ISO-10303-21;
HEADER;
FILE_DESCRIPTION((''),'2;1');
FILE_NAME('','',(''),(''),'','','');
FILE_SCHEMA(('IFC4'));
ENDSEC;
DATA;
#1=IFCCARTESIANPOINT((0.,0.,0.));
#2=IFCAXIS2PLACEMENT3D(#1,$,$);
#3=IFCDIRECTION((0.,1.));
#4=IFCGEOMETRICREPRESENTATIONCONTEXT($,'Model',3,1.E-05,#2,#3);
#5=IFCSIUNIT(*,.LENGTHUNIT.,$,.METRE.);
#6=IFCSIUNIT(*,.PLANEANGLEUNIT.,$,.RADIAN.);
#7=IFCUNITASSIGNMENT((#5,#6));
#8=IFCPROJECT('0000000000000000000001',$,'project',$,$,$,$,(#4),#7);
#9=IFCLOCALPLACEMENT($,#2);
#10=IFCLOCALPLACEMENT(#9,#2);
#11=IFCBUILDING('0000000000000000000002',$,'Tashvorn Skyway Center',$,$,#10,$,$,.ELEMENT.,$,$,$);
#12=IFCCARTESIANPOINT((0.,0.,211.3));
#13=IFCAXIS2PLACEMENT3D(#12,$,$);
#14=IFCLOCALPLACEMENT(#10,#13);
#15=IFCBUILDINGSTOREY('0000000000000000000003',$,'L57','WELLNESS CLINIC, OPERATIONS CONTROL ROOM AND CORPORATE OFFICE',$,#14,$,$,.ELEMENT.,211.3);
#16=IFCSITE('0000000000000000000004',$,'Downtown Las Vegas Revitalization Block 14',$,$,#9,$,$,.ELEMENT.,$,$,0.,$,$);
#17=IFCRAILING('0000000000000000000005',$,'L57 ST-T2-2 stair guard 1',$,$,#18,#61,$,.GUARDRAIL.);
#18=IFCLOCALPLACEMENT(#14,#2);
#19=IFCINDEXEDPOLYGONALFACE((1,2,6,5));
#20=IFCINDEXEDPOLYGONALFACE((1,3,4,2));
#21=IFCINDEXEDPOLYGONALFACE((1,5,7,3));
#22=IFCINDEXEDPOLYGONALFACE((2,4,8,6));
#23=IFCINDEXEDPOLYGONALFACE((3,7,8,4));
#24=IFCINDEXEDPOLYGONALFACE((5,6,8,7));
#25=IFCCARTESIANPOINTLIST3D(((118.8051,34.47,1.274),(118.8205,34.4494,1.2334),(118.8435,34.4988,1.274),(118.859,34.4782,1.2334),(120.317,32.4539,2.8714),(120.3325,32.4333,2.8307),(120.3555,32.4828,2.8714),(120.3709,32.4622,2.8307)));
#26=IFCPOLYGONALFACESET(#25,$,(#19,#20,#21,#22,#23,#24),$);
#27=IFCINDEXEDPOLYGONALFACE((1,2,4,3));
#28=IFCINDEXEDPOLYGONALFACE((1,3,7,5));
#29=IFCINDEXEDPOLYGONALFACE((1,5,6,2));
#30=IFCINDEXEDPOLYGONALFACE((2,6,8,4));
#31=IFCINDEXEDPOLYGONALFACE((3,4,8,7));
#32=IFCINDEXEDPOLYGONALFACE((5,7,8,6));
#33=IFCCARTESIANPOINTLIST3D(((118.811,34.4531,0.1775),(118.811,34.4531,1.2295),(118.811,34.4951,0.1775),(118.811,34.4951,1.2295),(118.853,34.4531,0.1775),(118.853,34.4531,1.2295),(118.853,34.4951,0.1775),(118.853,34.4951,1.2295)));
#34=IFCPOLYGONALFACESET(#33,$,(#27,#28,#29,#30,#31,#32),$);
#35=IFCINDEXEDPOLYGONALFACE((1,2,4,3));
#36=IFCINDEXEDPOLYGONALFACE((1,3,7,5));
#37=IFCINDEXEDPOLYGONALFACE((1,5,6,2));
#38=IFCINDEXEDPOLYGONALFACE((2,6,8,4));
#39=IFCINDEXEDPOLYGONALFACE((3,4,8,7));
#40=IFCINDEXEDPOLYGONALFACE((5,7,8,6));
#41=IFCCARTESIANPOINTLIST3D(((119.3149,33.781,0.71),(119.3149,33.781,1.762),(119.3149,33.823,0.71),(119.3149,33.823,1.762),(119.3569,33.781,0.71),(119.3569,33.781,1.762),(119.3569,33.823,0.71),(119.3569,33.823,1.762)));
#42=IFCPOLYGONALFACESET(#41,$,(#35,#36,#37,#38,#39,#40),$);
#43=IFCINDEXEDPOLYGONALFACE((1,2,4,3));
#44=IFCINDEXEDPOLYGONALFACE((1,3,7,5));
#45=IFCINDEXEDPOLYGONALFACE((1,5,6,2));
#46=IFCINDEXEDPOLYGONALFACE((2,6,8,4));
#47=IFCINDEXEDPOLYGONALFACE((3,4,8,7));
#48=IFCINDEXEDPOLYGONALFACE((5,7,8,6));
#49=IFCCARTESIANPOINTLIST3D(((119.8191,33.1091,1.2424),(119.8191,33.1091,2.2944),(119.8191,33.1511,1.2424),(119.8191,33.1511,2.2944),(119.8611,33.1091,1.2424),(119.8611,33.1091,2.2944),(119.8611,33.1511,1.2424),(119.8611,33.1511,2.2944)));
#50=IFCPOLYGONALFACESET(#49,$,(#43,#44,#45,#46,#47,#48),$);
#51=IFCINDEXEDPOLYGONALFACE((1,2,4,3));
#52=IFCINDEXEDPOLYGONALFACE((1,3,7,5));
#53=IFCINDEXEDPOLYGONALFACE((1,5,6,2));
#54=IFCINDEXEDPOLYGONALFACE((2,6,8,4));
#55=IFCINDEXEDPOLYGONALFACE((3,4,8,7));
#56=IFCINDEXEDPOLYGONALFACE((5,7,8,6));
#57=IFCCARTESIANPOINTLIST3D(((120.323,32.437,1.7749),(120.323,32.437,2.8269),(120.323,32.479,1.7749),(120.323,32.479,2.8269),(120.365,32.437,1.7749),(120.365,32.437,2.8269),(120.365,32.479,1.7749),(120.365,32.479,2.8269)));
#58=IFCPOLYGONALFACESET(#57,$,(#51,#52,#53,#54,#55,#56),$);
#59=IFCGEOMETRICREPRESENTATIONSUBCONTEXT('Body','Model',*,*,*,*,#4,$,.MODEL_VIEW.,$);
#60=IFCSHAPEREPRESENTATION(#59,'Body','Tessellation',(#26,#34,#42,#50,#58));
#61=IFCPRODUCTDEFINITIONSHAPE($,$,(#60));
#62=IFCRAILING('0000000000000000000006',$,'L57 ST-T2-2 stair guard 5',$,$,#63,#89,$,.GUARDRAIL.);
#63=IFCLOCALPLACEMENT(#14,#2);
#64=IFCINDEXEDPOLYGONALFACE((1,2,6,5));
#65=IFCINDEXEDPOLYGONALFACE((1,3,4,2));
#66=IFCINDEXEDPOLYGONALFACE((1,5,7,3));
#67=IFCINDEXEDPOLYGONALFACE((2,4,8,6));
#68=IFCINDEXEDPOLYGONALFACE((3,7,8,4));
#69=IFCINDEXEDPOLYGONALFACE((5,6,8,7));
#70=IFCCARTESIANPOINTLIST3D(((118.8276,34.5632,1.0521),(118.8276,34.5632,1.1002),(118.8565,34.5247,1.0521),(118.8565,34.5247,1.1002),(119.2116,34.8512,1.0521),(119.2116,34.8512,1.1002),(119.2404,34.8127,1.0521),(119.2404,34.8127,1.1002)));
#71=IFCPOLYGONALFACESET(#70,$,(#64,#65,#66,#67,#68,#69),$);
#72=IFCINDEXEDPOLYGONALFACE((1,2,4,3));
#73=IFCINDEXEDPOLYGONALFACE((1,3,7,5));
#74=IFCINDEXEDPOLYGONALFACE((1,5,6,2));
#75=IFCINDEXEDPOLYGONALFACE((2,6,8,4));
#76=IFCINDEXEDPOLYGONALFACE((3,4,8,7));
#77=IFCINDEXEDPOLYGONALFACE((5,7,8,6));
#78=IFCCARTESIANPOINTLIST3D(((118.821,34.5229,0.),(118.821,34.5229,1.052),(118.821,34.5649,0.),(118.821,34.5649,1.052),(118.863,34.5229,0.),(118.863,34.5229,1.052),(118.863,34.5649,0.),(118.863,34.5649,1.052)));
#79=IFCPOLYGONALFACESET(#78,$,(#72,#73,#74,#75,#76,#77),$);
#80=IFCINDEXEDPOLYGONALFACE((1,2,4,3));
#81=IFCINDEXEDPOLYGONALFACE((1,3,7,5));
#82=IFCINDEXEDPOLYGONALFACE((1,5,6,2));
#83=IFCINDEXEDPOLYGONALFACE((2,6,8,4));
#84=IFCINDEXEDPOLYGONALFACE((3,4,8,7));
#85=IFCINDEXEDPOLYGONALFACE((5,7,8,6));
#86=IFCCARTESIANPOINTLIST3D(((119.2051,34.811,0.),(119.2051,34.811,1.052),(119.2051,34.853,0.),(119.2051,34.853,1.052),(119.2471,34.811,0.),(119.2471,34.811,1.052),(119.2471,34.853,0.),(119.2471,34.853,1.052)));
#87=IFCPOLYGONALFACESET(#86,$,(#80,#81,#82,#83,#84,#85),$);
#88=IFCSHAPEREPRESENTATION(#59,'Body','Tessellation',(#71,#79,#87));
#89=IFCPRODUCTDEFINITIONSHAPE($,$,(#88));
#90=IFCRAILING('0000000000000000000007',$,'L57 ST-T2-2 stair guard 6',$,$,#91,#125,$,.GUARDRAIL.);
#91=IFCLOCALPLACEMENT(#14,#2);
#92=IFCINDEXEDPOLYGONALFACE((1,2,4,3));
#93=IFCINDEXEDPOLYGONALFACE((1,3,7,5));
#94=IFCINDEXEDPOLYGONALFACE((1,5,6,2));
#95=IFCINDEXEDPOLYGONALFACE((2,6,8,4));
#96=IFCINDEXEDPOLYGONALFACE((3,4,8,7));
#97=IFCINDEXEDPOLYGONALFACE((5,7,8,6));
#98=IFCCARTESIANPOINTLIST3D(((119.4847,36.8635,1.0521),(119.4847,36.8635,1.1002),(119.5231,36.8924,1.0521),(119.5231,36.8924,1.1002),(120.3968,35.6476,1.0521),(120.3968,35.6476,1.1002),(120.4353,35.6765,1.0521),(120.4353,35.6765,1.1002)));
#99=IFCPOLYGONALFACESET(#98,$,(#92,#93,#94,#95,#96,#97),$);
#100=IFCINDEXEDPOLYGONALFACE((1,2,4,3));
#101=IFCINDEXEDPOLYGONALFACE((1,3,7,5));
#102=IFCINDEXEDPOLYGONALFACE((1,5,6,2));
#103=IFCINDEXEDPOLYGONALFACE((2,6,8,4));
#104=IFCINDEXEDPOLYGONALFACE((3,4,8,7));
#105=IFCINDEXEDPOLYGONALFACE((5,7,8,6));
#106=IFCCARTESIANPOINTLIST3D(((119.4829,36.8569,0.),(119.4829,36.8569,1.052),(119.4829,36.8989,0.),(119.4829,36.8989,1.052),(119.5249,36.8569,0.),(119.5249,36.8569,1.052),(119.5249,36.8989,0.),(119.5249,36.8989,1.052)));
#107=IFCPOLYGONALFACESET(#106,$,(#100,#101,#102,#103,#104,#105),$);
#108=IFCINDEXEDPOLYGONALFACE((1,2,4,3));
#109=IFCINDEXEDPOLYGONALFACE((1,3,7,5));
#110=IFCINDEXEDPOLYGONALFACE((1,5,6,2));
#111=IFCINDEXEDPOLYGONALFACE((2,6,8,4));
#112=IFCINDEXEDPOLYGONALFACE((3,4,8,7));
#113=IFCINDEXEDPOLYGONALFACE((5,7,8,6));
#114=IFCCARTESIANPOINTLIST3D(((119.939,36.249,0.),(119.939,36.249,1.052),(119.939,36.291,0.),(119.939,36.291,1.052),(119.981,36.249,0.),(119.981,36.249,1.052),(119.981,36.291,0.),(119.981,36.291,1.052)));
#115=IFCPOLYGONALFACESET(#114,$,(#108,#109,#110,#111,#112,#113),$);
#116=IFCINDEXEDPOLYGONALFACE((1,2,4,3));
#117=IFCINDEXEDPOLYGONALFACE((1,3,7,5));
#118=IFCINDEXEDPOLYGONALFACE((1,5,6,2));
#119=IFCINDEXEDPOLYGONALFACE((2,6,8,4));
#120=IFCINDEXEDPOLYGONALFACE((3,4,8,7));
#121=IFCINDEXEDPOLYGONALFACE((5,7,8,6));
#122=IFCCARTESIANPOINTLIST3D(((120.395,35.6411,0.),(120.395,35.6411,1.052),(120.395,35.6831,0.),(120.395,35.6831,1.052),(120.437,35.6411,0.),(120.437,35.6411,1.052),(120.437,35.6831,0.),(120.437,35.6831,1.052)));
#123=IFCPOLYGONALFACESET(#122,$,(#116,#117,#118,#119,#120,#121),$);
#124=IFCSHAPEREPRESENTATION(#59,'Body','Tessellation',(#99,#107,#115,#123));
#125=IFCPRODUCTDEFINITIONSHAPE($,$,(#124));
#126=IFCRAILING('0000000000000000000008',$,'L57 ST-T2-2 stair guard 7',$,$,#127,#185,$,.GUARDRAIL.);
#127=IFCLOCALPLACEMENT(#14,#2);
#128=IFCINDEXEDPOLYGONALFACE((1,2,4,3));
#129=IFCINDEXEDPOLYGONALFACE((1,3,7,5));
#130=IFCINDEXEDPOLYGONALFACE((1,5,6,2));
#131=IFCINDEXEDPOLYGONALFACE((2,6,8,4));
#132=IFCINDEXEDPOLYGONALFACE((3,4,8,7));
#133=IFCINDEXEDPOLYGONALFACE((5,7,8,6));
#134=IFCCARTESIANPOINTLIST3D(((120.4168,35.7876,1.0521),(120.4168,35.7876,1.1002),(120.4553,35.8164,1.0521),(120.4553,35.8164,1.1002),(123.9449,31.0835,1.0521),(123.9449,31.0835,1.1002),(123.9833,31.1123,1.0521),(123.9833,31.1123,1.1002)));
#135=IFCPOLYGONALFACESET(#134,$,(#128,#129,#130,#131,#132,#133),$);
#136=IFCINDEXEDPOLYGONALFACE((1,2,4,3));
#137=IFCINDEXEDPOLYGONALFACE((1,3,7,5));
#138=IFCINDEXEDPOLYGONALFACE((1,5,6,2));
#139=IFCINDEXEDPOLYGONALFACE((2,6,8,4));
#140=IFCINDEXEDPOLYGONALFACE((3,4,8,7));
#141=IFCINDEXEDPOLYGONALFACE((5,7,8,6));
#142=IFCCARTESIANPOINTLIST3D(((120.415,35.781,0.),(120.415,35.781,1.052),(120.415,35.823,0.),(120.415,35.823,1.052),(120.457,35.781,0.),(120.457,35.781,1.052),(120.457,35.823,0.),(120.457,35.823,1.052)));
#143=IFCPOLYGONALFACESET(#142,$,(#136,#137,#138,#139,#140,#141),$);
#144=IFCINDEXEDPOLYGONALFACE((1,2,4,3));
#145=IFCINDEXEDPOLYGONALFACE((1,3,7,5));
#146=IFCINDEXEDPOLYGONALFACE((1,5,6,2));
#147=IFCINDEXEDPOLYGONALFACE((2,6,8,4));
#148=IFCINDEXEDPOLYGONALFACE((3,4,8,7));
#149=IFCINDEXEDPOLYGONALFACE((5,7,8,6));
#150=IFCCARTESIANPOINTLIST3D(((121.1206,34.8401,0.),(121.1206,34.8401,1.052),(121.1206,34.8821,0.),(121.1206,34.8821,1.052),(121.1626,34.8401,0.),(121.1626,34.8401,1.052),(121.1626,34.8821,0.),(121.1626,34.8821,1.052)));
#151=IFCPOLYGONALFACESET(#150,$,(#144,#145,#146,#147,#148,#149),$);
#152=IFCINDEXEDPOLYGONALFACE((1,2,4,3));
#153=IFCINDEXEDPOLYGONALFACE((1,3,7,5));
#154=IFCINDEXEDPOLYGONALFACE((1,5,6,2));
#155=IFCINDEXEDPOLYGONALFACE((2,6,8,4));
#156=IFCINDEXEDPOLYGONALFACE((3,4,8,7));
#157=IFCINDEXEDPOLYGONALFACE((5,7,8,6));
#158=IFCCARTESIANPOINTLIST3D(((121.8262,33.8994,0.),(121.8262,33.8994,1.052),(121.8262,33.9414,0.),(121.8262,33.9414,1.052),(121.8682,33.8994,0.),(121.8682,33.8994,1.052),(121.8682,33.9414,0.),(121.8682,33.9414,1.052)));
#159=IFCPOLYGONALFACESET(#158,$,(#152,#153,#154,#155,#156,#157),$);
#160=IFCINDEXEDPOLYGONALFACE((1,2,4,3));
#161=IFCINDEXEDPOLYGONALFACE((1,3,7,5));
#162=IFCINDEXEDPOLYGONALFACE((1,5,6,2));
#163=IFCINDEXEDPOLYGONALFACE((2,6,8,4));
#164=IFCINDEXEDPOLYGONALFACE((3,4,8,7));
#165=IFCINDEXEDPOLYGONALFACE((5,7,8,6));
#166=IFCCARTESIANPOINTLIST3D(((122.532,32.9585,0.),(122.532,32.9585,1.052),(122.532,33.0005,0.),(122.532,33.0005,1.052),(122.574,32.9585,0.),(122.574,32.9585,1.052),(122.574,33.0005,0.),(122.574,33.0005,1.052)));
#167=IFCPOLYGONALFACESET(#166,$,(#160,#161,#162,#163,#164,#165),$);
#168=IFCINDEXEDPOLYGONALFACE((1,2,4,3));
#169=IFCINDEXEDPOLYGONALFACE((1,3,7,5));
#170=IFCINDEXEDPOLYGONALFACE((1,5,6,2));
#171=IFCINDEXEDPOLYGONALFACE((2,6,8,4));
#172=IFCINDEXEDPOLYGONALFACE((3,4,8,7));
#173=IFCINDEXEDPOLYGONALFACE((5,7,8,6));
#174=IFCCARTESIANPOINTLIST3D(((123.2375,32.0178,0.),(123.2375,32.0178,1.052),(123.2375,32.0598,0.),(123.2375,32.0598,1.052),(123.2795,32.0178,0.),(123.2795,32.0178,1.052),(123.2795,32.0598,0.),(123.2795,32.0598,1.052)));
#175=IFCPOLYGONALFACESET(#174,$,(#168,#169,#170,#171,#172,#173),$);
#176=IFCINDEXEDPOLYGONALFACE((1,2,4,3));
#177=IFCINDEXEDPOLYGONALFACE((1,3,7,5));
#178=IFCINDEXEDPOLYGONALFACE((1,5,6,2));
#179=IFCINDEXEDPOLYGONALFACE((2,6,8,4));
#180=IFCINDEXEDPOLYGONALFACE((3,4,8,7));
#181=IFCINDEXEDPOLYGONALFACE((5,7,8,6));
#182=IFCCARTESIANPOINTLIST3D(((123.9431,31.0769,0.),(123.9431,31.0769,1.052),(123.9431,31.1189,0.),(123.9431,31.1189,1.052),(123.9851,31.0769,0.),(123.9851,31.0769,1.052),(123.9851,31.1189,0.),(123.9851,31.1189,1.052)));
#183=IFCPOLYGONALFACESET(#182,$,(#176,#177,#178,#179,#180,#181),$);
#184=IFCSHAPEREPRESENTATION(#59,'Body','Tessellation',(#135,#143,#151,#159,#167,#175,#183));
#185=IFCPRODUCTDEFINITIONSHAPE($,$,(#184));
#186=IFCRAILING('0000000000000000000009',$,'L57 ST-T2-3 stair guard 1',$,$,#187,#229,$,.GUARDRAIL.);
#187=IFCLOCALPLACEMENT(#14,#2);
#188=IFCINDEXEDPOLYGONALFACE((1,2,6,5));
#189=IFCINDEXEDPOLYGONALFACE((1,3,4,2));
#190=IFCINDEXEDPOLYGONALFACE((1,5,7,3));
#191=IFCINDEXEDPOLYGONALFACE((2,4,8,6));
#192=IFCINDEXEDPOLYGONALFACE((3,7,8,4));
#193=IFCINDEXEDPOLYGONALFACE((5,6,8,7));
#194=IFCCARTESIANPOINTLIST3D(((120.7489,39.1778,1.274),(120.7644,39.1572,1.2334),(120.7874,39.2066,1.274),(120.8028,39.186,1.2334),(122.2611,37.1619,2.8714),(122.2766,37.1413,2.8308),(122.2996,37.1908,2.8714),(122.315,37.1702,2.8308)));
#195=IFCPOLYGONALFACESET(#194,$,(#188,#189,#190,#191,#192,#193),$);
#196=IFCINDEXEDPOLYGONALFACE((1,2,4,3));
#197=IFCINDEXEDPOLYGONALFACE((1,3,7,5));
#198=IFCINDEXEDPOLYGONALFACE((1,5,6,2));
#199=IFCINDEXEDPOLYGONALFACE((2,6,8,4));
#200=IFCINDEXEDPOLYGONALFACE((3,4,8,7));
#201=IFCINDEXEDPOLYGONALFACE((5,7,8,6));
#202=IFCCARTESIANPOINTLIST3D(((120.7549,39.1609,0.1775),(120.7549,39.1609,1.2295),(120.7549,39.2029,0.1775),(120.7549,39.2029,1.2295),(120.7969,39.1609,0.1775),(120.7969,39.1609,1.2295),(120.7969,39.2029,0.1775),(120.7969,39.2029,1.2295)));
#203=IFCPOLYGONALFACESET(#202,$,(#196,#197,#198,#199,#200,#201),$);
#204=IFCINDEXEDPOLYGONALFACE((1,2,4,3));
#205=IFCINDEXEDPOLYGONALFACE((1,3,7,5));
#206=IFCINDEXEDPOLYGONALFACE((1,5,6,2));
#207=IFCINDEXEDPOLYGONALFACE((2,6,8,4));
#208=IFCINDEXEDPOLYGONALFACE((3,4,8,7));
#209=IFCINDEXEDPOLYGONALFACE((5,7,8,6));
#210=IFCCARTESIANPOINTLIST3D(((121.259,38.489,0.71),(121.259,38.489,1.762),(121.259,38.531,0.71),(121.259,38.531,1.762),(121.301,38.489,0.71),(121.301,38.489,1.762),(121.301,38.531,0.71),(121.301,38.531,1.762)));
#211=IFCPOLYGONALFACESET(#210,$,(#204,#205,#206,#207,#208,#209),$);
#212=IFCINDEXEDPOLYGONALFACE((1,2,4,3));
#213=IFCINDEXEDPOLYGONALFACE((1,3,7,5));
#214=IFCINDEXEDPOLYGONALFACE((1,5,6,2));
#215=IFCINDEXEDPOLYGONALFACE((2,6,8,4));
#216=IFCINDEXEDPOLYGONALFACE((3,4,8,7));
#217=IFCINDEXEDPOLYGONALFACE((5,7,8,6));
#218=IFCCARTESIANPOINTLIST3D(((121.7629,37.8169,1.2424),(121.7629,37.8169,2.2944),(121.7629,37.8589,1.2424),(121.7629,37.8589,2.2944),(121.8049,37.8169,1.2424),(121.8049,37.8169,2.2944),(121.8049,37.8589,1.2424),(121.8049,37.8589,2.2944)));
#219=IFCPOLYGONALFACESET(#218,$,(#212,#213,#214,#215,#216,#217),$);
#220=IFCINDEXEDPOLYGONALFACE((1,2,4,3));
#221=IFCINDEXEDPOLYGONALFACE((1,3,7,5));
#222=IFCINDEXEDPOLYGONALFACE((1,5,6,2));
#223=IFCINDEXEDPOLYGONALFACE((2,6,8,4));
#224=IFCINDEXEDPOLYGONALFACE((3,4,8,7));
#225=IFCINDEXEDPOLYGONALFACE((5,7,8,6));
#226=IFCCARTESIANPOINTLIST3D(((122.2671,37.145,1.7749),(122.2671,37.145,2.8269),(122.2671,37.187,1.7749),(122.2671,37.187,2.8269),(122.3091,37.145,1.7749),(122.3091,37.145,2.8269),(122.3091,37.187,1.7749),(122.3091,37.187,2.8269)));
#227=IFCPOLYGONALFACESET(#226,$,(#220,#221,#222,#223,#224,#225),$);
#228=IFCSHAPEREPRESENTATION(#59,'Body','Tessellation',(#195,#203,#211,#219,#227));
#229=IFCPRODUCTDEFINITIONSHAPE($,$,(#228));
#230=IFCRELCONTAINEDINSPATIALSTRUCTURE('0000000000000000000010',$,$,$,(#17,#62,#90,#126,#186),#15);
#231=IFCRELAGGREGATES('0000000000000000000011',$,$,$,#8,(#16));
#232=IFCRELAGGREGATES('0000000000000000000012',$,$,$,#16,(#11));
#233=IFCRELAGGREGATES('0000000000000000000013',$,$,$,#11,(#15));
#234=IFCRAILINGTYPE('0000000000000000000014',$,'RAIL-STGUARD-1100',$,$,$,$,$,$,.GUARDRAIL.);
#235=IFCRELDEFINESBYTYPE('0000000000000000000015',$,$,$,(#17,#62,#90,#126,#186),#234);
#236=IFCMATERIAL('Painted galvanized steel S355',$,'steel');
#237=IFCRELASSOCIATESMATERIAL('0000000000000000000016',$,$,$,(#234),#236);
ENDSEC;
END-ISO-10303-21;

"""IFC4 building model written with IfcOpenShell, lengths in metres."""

from ifc_helpers import new_model, si_unit, direction, frame, origin, origin_2d, place, context, subcontext, project, spatial, rectangle, extrude, material, type_object, element, save


model = new_model("IFC4")

# Units and contexts
model_context = context("Model", 3, precision=1e-05, world=origin(), true_north=direction((0.0, 1.0)))
body_context = subcontext(model_context, "Body", "Model", "MODEL_VIEW")
ifc_project = project(units=[si_unit("LENGTHUNIT", "METRE"), si_unit("PLANEANGLEUNIT", "RADIAN")], contexts=[model_context])

# Site, building, storey
site_placement = place(None, origin())
site = spatial("IfcSite", under=ifc_project, at=site_placement, Name="Downtown Las Vegas Revitalization Block 14", CompositionType="ELEMENT", RefElevation=0.0)
building_placement = place(site_placement, origin())
building = spatial("IfcBuilding", under=site, at=building_placement, Name="Tashvorn Skyway Center", CompositionType="ELEMENT")
storey_placement = place(building_placement, frame((0.0, 0.0, 211.3)))
storey = spatial("IfcBuildingStorey", under=building, at=storey_placement, Name="L57", Description="WELLNESS CLINIC, OPERATIONS CONTROL ROOM AND CORPORATE OFFICE", CompositionType="ELEMENT", Elevation=211.3)

# Railings
ifc_material_1 = material(Name="Painted galvanized steel S355", Category="steel")
railing_type_1 = type_object("IfcRailingType", Name="RAIL-STGUARD-1100", PredefinedType="GUARDRAIL", material=ifc_material_1)
railing_1_placement = place(storey_placement, frame((118.832, 34.4741, 0.1775)))
element("IfcRailing", 1, at=railing_1_placement, inside=storey, type_object=railing_type_1, Name="L57 ST-T2-2 stair guard 1", PredefinedType="GUARDRAIL", context=body_context, shape_type="SweptSolid", body=[
    extrude(rectangle(XDim=0.0481, YDim=0.0481, at=origin_2d()), frame((0.0, 0.0, 1.0762), z_axis=(0.506741, -0.675709, 0.535379), x_axis=(0.800023, 0.599969, 0.0)), (0.0, 0.0, 1.0), 2.9836),
    extrude(rectangle(XDim=0.042, YDim=0.042, at=origin_2d()), origin(), (0.0, 0.0, 1.0), 1.052),
    extrude(rectangle(XDim=0.042, YDim=0.042, at=origin_2d()), frame((0.5039, -0.6721, 0.5325)), (0.0, 0.0, 1.0), 1.052),
    extrude(rectangle(XDim=0.042, YDim=0.042, at=origin_2d()), frame((1.0081, -1.344, 1.0649)), (0.0, 0.0, 1.0), 1.052),
    extrude(rectangle(XDim=0.042, YDim=0.042, at=origin_2d()), frame((1.512, -2.0161, 1.5974)), (0.0, 0.0, 1.0), 1.052),
])
railing_2_placement = place(storey_placement, frame((118.842, 34.5439, 0.0)))
element("IfcRailing", 2, at=railing_2_placement, inside=storey, type_object=railing_type_1, Name="L57 ST-T2-2 stair guard 5", PredefinedType="GUARDRAIL", context=body_context, shape_type="SweptSolid", body=[
    extrude(rectangle(XDim=0.0481, YDim=0.0481, at=origin_2d()), frame((0.0, 0.0, 1.0762), z_axis=(0.799939, 0.600081, 0.0), x_axis=(-0.600081, 0.799939, 0.0)), (0.0, 0.0, 1.0), 0.48),
    extrude(rectangle(XDim=0.042, YDim=0.042, at=origin_2d()), origin(), (0.0, 0.0, 1.0), 1.052),
    extrude(rectangle(XDim=0.042, YDim=0.042, at=origin_2d()), frame((0.384, 0.2881, 0.0)), (0.0, 0.0, 1.0), 1.052),
])
railing_3_placement = place(storey_placement, frame((119.5039, 36.8779, 0.0)))
element("IfcRailing", 3, at=railing_3_placement, inside=storey, type_object=railing_type_1, Name="L57 ST-T2-2 stair guard 6", PredefinedType="GUARDRAIL", context=body_context, shape_type="SweptSolid", body=[
    extrude(rectangle(XDim=0.0481, YDim=0.0481, at=origin_2d()), frame((0.0, 0.0, 1.0762), z_axis=(0.600103, -0.799923, 0.0), x_axis=(0.799923, 0.600103, 0.0)), (0.0, 0.0, 1.0), 1.52),
    extrude(rectangle(XDim=0.042, YDim=0.042, at=origin_2d()), origin(), (0.0, 0.0, 1.0), 1.052),
    extrude(rectangle(XDim=0.042, YDim=0.042, at=origin_2d()), frame((0.4561, -0.6079, 0.0)), (0.0, 0.0, 1.0), 1.052),
    extrude(rectangle(XDim=0.042, YDim=0.042, at=origin_2d()), frame((0.9121, -1.2158, 0.0)), (0.0, 0.0, 1.0), 1.052),
])
railing_4_placement = place(storey_placement, frame((120.436, 35.802, 0.0)))
element("IfcRailing", 4, at=railing_4_placement, inside=storey, type_object=railing_type_1, Name="L57 ST-T2-2 stair guard 7", PredefinedType="GUARDRAIL", context=body_context, shape_type="SweptSolid", body=[
    extrude(rectangle(XDim=0.0481, YDim=0.0481, at=origin_2d()), frame((0.0, 0.0, 1.0762), z_axis=(0.6, -0.8, 0.0), x_axis=(0.8, 0.6, 0.0)), (0.0, 0.0, 1.0), 5.8801),
    extrude(rectangle(XDim=0.042, YDim=0.042, at=origin_2d()), origin(), (0.0, 0.0, 1.0), 1.052),
    extrude(rectangle(XDim=0.042, YDim=0.042, at=origin_2d()), frame((0.7056, -0.9409, 0.0)), (0.0, 0.0, 1.0), 1.052),
    extrude(rectangle(XDim=0.042, YDim=0.042, at=origin_2d()), frame((1.4111, -1.8816, 0.0)), (0.0, 0.0, 1.0), 1.052),
    extrude(rectangle(XDim=0.042, YDim=0.042, at=origin_2d()), frame((2.1169, -2.8225, 0.0)), (0.0, 0.0, 1.0), 1.052),
    extrude(rectangle(XDim=0.042, YDim=0.042, at=origin_2d()), frame((2.8225, -3.7632, 0.0)), (0.0, 0.0, 1.0), 1.052),
    extrude(rectangle(XDim=0.042, YDim=0.042, at=origin_2d()), frame((3.5281, -4.7041, 0.0)), (0.0, 0.0, 1.0), 1.052),
])
railing_5_placement = place(storey_placement, frame((120.7759, 39.1819, 0.1775)))
element("IfcRailing", 5, at=railing_5_placement, inside=storey, type_object=railing_type_1, Name="L57 ST-T2-3 stair guard 1", PredefinedType="GUARDRAIL", context=body_context, shape_type="SweptSolid", body=[
    extrude(rectangle(XDim=0.0481, YDim=0.0481, at=origin_2d()), frame((0.0, 0.0, 1.0762), z_axis=(0.50683, -0.675636, 0.535387), x_axis=(0.799942, 0.600078, 0.0)), (0.0, 0.0, 1.0), 2.9836),
    extrude(rectangle(XDim=0.042, YDim=0.042, at=origin_2d()), origin(), (0.0, 0.0, 1.0), 1.052),
    extrude(rectangle(XDim=0.042, YDim=0.042, at=origin_2d()), frame((0.5042, -0.6719, 0.5325)), (0.0, 0.0, 1.0), 1.052),
    extrude(rectangle(XDim=0.042, YDim=0.042, at=origin_2d()), frame((1.0081, -1.344, 1.0649)), (0.0, 0.0, 1.0), 1.052),
    extrude(rectangle(XDim=0.042, YDim=0.042, at=origin_2d()), frame((1.5122, -2.0159, 1.5974)), (0.0, 0.0, 1.0), 1.052),
])

save(model, "model.ifc")
